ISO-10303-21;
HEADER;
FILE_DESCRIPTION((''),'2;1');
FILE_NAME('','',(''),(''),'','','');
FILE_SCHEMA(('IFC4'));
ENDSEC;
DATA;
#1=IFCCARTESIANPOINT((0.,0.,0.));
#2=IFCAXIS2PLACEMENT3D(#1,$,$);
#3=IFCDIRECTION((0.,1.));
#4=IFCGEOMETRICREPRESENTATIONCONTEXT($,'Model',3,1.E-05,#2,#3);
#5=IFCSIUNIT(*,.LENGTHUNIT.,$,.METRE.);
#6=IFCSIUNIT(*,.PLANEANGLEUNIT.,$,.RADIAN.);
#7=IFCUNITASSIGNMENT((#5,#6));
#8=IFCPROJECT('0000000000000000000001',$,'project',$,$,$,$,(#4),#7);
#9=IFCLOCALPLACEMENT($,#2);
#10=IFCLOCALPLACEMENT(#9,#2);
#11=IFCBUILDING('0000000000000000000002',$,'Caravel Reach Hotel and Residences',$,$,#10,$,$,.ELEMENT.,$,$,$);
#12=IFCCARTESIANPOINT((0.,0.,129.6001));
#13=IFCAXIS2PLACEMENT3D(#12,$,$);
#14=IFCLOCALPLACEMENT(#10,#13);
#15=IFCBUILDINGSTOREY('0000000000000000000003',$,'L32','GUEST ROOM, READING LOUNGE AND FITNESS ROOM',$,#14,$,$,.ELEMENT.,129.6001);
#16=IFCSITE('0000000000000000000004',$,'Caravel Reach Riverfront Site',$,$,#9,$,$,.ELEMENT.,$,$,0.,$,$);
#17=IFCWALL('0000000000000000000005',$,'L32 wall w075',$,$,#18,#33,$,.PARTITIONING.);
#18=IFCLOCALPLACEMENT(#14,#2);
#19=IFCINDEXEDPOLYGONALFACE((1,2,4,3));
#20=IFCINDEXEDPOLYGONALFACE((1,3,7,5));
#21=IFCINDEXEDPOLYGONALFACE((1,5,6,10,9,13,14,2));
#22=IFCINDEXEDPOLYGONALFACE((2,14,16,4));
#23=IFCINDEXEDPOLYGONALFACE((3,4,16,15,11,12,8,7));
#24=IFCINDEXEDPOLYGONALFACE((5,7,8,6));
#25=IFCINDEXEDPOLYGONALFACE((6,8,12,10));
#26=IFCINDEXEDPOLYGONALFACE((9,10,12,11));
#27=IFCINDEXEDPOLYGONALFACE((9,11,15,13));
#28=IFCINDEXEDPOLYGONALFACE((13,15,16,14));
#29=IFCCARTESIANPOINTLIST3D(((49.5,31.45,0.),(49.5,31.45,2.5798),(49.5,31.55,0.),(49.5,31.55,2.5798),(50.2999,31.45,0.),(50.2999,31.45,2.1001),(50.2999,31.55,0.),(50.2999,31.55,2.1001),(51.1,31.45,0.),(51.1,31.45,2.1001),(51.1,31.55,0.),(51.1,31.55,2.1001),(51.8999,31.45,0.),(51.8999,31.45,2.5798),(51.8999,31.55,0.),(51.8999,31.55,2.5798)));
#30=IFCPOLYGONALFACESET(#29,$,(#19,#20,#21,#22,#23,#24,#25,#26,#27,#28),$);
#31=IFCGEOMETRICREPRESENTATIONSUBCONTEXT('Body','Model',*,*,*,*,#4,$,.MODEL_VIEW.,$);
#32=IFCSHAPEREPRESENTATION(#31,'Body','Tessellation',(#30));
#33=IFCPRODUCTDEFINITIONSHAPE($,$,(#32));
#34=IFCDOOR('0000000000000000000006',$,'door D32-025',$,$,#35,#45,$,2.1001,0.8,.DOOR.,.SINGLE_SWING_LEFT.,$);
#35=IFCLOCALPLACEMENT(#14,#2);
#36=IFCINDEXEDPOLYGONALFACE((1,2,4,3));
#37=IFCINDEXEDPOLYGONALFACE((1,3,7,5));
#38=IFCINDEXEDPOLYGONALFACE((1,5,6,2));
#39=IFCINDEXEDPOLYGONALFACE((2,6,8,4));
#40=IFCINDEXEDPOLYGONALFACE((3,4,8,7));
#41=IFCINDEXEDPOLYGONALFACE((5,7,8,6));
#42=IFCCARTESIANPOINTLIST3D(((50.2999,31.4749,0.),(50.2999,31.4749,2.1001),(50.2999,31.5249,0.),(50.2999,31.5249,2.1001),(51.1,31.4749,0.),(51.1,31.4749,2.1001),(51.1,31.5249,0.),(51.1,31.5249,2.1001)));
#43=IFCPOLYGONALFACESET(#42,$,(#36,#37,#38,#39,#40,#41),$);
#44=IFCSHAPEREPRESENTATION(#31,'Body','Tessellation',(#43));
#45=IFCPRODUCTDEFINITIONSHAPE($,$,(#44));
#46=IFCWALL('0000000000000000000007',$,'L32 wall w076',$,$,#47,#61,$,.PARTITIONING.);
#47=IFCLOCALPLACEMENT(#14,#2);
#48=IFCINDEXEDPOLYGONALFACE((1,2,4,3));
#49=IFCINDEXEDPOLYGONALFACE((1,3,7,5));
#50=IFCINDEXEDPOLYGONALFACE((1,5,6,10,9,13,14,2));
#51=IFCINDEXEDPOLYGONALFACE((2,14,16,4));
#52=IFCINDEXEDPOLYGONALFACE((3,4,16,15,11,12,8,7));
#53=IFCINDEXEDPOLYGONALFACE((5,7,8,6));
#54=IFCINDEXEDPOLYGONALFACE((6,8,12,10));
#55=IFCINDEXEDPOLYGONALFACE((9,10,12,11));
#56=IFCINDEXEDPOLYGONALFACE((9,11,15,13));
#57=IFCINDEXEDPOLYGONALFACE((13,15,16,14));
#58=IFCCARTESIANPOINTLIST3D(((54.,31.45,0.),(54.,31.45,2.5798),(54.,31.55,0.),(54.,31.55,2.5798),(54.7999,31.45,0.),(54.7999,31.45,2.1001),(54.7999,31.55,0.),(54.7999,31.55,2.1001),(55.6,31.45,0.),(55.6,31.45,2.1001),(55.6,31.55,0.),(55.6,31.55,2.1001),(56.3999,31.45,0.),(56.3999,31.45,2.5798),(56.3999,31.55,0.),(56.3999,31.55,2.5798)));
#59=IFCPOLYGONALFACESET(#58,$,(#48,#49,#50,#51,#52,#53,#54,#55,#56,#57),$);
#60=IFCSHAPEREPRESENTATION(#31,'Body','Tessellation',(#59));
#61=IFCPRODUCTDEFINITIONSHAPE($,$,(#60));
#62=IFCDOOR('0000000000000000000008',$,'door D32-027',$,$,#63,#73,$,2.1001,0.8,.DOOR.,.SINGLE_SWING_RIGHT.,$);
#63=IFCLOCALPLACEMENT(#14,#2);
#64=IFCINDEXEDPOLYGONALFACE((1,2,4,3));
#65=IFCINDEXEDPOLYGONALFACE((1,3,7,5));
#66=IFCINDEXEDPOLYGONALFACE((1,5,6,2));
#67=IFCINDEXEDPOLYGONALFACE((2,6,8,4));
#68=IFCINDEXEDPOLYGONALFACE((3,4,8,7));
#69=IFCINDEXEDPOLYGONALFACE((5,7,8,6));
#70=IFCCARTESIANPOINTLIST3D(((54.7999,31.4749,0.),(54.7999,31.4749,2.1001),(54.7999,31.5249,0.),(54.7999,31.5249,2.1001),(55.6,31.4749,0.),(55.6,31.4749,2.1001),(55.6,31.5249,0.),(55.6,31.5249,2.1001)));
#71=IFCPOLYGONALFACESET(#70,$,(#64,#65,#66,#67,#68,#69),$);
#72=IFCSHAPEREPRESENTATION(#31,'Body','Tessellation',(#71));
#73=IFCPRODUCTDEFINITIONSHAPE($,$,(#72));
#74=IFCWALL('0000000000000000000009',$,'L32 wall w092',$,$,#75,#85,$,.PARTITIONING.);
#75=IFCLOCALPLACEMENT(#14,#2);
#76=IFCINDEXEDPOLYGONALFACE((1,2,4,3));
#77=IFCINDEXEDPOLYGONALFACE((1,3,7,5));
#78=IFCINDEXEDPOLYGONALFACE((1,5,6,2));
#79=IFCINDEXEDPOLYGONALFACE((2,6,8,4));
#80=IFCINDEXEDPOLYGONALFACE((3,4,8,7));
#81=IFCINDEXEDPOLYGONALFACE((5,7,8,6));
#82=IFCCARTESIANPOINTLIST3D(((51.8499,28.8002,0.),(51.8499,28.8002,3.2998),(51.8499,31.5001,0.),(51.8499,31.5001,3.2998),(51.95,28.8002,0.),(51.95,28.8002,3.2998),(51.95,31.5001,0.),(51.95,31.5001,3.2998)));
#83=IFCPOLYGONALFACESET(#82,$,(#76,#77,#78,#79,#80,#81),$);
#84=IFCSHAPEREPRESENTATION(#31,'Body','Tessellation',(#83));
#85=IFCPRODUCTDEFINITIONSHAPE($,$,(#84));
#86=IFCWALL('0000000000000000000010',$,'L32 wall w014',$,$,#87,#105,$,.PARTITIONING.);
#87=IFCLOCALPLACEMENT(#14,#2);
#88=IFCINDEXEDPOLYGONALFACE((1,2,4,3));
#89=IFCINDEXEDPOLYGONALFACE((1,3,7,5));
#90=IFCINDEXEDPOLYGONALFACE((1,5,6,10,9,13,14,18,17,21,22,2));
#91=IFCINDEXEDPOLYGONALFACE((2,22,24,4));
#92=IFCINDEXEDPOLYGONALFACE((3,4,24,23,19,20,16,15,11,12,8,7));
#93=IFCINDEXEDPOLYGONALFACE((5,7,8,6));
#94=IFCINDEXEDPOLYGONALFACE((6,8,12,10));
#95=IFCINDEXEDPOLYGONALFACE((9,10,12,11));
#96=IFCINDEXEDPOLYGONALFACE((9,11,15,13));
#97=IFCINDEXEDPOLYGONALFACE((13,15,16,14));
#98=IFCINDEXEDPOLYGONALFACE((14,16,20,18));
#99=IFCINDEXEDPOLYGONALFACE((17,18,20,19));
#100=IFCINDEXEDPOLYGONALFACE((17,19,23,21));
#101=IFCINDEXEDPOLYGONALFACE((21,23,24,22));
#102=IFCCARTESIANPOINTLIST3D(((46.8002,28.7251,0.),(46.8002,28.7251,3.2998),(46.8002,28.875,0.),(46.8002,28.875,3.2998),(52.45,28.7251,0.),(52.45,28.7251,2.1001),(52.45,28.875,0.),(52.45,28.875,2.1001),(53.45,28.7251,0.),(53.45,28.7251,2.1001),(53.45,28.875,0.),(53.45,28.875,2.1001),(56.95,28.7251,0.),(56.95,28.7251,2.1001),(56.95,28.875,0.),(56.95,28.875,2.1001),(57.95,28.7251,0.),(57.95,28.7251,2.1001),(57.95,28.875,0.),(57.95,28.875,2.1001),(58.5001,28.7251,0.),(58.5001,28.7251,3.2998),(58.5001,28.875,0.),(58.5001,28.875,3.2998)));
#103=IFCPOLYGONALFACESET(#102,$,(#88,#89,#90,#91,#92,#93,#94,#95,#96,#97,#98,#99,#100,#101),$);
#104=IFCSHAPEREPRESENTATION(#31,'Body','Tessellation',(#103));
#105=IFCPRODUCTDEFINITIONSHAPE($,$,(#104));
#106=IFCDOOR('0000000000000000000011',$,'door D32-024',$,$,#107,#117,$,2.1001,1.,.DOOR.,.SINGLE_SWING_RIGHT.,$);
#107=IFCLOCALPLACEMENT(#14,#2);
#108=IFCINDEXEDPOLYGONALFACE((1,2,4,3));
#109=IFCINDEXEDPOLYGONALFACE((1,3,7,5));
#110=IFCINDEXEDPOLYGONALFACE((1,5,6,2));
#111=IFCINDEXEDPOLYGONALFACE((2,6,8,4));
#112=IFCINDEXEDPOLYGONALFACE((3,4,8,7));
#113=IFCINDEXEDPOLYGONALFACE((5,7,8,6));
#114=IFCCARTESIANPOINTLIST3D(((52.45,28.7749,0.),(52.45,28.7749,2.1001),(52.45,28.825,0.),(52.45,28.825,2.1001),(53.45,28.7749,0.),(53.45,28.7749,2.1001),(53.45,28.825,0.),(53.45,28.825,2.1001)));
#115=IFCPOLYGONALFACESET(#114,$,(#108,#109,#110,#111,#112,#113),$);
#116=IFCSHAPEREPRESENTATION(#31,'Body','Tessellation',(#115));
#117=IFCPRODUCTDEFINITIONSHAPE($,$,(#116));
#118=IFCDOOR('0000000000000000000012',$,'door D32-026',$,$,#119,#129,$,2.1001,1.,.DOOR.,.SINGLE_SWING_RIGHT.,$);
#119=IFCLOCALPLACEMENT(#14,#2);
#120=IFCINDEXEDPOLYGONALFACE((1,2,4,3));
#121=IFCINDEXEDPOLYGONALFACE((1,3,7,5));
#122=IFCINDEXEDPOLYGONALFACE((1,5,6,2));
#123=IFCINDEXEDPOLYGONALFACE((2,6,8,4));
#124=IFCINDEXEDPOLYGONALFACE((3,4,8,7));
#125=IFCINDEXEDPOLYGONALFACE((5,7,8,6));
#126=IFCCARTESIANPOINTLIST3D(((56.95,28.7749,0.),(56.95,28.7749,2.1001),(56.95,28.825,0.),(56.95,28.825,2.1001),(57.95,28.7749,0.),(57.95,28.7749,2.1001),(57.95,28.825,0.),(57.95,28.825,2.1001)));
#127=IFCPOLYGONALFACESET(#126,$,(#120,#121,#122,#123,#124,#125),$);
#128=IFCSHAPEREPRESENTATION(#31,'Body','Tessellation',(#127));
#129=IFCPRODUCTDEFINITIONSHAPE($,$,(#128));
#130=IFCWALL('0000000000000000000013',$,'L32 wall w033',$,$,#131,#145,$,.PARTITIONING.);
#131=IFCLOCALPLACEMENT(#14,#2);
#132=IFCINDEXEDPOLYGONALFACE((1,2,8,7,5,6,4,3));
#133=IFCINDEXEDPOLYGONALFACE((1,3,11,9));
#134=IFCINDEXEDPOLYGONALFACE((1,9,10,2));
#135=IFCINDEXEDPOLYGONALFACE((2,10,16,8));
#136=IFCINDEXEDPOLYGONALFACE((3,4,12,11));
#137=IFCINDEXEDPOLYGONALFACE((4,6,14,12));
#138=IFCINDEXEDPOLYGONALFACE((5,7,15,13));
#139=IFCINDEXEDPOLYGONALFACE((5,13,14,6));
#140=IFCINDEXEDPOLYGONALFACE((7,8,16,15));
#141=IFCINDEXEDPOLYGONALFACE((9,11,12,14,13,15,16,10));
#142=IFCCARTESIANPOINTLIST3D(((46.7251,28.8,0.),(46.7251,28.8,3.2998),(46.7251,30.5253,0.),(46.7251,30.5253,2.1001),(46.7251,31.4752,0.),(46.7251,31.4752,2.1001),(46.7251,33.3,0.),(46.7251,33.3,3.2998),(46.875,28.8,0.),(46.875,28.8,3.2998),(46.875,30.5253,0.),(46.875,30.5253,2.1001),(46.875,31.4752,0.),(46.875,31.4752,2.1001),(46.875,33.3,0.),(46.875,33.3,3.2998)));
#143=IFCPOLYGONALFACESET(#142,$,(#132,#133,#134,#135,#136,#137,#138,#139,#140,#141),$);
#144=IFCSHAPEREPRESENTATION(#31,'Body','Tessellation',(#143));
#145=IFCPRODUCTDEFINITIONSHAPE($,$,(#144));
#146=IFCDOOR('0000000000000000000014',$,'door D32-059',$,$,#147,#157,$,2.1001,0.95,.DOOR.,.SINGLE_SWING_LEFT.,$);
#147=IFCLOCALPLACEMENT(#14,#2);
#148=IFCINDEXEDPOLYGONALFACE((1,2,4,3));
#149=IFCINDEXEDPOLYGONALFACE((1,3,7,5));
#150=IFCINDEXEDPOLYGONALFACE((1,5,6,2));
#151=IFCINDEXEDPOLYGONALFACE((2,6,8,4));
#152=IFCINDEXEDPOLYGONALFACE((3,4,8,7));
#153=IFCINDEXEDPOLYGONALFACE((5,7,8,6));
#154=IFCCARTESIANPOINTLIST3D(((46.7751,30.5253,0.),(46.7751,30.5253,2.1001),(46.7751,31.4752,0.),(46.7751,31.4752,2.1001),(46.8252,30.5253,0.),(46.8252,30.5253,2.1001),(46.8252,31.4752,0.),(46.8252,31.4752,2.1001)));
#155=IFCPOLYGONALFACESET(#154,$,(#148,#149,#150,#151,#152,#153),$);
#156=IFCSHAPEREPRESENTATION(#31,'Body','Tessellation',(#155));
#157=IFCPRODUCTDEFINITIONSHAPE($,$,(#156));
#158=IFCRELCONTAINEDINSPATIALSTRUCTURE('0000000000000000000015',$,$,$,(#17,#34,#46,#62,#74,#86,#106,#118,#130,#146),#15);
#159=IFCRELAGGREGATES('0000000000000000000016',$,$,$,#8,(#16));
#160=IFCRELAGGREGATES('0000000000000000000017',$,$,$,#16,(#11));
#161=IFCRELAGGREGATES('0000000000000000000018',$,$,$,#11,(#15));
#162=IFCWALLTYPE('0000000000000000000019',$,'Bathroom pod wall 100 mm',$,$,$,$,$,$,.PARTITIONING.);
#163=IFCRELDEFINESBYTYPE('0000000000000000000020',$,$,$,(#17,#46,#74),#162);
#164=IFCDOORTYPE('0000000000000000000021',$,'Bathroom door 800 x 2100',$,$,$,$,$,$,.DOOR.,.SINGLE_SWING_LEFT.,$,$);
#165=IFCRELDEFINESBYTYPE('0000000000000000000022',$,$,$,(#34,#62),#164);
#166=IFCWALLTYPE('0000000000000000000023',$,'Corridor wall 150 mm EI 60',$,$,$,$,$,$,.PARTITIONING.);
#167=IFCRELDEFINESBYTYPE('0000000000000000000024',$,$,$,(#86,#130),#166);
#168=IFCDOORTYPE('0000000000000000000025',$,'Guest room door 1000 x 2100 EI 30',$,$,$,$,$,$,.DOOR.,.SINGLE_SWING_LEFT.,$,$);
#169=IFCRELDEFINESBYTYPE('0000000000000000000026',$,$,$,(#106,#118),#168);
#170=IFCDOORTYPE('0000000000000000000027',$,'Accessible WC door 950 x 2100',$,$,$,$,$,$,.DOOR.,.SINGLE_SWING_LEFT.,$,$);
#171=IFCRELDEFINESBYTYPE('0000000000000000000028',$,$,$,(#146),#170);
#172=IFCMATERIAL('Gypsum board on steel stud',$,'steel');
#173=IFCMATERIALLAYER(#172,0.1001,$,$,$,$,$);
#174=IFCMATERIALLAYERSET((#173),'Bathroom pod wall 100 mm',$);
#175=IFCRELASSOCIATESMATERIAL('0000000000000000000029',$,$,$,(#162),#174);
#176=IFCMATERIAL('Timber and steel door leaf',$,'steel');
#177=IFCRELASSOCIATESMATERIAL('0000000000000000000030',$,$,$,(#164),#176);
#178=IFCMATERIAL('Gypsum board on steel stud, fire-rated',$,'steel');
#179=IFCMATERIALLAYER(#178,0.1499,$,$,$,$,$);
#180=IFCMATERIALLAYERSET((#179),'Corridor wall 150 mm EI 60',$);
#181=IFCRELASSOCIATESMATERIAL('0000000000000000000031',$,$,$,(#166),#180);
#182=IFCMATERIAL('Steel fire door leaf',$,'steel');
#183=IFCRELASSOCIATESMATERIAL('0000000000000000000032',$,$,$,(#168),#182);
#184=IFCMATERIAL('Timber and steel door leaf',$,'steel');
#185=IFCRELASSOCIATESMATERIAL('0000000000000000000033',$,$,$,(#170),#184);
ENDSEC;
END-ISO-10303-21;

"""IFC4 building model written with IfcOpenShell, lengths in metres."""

from ifc_helpers import new_model, si_unit, direction, frame, frame_2d, origin, place, context, subcontext, project, spatial, rectangle, extrude, material, layer, layer_set, type_object, element, fill, save


model = new_model("IFC4")

# Units and contexts
model_context = context("Model", 3, precision=1e-05, world=origin(), true_north=direction((0.0, 1.0)))
body_context = subcontext(model_context, "Body", "Model", "MODEL_VIEW")
ifc_project = project(units=[si_unit("LENGTHUNIT", "METRE"), si_unit("PLANEANGLEUNIT", "RADIAN")], contexts=[model_context])

# Site, building, storey
site_placement = place(None, origin())
site = spatial("IfcSite", under=ifc_project, at=site_placement, Name="Caravel Reach Riverfront Site", CompositionType="ELEMENT", RefElevation=0.0)
building_placement = place(site_placement, origin())
building = spatial("IfcBuilding", under=site, at=building_placement, Name="Caravel Reach Hotel and Residences", CompositionType="ELEMENT")
storey_placement = place(building_placement, frame((0.0, 0.0, 129.6001)))
storey = spatial("IfcBuildingStorey", under=building, at=storey_placement, Name="L32", Description="GUEST ROOM, READING LOUNGE AND FITNESS ROOM", CompositionType="ELEMENT", Elevation=129.6001)

# Walls, openings, doors
ifc_material_1 = material(Name="Gypsum board on steel stud", Category="steel")
ifc_layer_1 = layer(ifc_material_1, 0.1001)
ifc_layer_set_1 = layer_set([ifc_layer_1], Name="Bathroom pod wall 100 mm")
wall_type_1 = type_object("IfcWallType", Name="Bathroom pod wall 100 mm", PredefinedType="PARTITIONING", material=ifc_layer_set_1)
wall_1_placement = place(storey_placement, frame((49.5, 31.5, 0.0), z_axis=(0.0, 0.0, 1.0), x_axis=(1.0, 0.0, 0.0)))
wall_1 = element("IfcWall", 1, at=wall_1_placement, inside=storey, type_object=wall_type_1, Name="L32 wall w075", PredefinedType="PARTITIONING", context=body_context, shape_type="SweptSolid", body=[
    extrude(rectangle(XDim=2.3999, YDim=0.1001, at=frame_2d((1.2, 0.0))), origin(), (0.0, 0.0, 1.0), 2.5798),
])
opening_1_placement = place(wall_1_placement, frame((0.8, 0.0, 0.0)))
opening_1 = element("IfcOpeningElement", 2, at=opening_1_placement, cuts=wall_1, PredefinedType="OPENING", context=body_context, shape_type="SweptSolid", body=[
    extrude(rectangle(XDim=0.8, YDim=2.1001, at=frame_2d((0.3999, 1.05))), frame((0.0, 0.0601, 0.0), z_axis=(0.0, -1.0, 0.0), x_axis=(1.0, 0.0, 0.0)), (0.0, 0.0, 1.0), 0.1201),
])
ifc_material_2 = material(Name="Timber and steel door leaf", Category="steel")
door_type_1 = type_object("IfcDoorType", Name="Bathroom door 800 x 2100", OperationType="SINGLE_SWING_LEFT", PredefinedType="DOOR", material=ifc_material_2)
door_1_placement = place(opening_1_placement, origin())
door_1 = element("IfcDoor", 3, at=door_1_placement, inside=storey, type_object=door_type_1, Name="door D32-025", OperationType="SINGLE_SWING_LEFT", OverallHeight=2.1001, OverallWidth=0.8, PredefinedType="DOOR", context=body_context, shape_type="SweptSolid", body=[
    extrude(rectangle(XDim=0.8, YDim=2.1001, at=frame_2d((0.3999, 1.05))), frame((0.0, 0.0249, 0.0), z_axis=(0.0, -1.0, 0.0), x_axis=(1.0, 0.0, 0.0)), (0.0, 0.0, 1.0), 0.05),
])
fill(opening_1, door_1)
wall_2_placement = place(storey_placement, frame((54.0, 31.5, 0.0), z_axis=(0.0, 0.0, 1.0), x_axis=(1.0, 0.0, 0.0)))
wall_2 = element("IfcWall", 4, at=wall_2_placement, inside=storey, type_object=wall_type_1, Name="L32 wall w076", PredefinedType="PARTITIONING", context=body_context, shape_type="SweptSolid", body=[
    extrude(rectangle(XDim=2.3999, YDim=0.1001, at=frame_2d((1.2, 0.0))), origin(), (0.0, 0.0, 1.0), 2.5798),
])
opening_2_placement = place(wall_2_placement, frame((0.8, 0.0, 0.0)))
opening_2 = element("IfcOpeningElement", 5, at=opening_2_placement, cuts=wall_2, PredefinedType="OPENING", context=body_context, shape_type="SweptSolid", body=[
    extrude(rectangle(XDim=0.8, YDim=2.1001, at=frame_2d((0.3999, 1.05))), frame((0.0, 0.0601, 0.0), z_axis=(0.0, -1.0, 0.0), x_axis=(1.0, 0.0, 0.0)), (0.0, 0.0, 1.0), 0.1201),
])
door_2_placement = place(opening_2_placement, origin())
door_2 = element("IfcDoor", 6, at=door_2_placement, inside=storey, type_object=door_type_1, Name="door D32-027", OperationType="SINGLE_SWING_RIGHT", OverallHeight=2.1001, OverallWidth=0.8, PredefinedType="DOOR", context=body_context, shape_type="SweptSolid", body=[
    extrude(rectangle(XDim=0.8, YDim=2.1001, at=frame_2d((0.3999, 1.05))), frame((0.0, 0.0249, 0.0), z_axis=(0.0, -1.0, 0.0), x_axis=(1.0, 0.0, 0.0)), (0.0, 0.0, 1.0), 0.05),
])
fill(opening_2, door_2)

# Wall
wall_3_placement = place(storey_placement, frame((51.8999, 28.8, 0.0), z_axis=(0.0, 0.0, 1.0), x_axis=(0.0, 1.0, 0.0)))
element("IfcWall", 7, at=wall_3_placement, inside=storey, type_object=wall_type_1, Name="L32 wall w092", PredefinedType="PARTITIONING", context=body_context, shape_type="SweptSolid", body=[
    extrude(rectangle(XDim=2.7, YDim=0.1001, at=frame_2d((1.3501, 0.0))), origin(), (0.0, 0.0, 1.0), 3.2998),
])

# Wall, openings, doors
ifc_material_3 = material(Name="Gypsum board on steel stud, fire-rated", Category="steel")
ifc_layer_2 = layer(ifc_material_3, 0.1499)
ifc_layer_set_2 = layer_set([ifc_layer_2], Name="Corridor wall 150 mm EI 60")
wall_type_2 = type_object("IfcWallType", Name="Corridor wall 150 mm EI 60", PredefinedType="PARTITIONING", material=ifc_layer_set_2)
wall_4_placement = place(storey_placement, frame((46.8, 28.8, 0.0), z_axis=(0.0, 0.0, 1.0), x_axis=(1.0, 0.0, 0.0)))
wall_4 = element("IfcWall", 8, at=wall_4_placement, inside=storey, type_object=wall_type_2, Name="L32 wall w014", PredefinedType="PARTITIONING", context=body_context, shape_type="SweptSolid", body=[
    extrude(rectangle(XDim=11.7, YDim=0.1499, at=frame_2d((5.8501, 0.0))), origin(), (0.0, 0.0, 1.0), 3.2998),
])
opening_3_placement = place(wall_4_placement, frame((5.6499, 0.0, 0.0)))
opening_3 = element("IfcOpeningElement", 9, at=opening_3_placement, cuts=wall_4, PredefinedType="OPENING", context=body_context, shape_type="SweptSolid", body=[
    extrude(rectangle(XDim=1.0, YDim=2.1001, at=frame_2d((0.5, 1.05))), frame((0.0, 0.085, 0.0), z_axis=(0.0, -1.0, 0.0), x_axis=(1.0, 0.0, 0.0)), (0.0, 0.0, 1.0), 0.1699),
])
opening_4_placement = place(wall_4_placement, frame((10.1499, 0.0, 0.0)))
opening_4 = element("IfcOpeningElement", 10, at=opening_4_placement, cuts=wall_4, PredefinedType="OPENING", context=body_context, shape_type="SweptSolid", body=[
    extrude(rectangle(XDim=1.0, YDim=2.1001, at=frame_2d((0.5, 1.05))), frame((0.0, 0.085, 0.0), z_axis=(0.0, -1.0, 0.0), x_axis=(1.0, 0.0, 0.0)), (0.0, 0.0, 1.0), 0.1699),
])
ifc_material_4 = material(Name="Steel fire door leaf", Category="steel")
door_type_2 = type_object("IfcDoorType", Name="Guest room door 1000 x 2100 EI 30", OperationType="SINGLE_SWING_LEFT", PredefinedType="DOOR", material=ifc_material_4)
door_3_placement = place(opening_3_placement, origin())
door_3 = element("IfcDoor", 11, at=door_3_placement, inside=storey, type_object=door_type_2, Name="door D32-024", OperationType="SINGLE_SWING_RIGHT", OverallHeight=2.1001, OverallWidth=1.0, PredefinedType="DOOR", context=body_context, shape_type="SweptSolid", body=[
    extrude(rectangle(XDim=1.0, YDim=2.1001, at=frame_2d((0.5, 1.05))), frame((0.0, 0.0249, 0.0), z_axis=(0.0, -1.0, 0.0), x_axis=(1.0, 0.0, 0.0)), (0.0, 0.0, 1.0), 0.05),
])
fill(opening_3, door_3)
door_4_placement = place(opening_4_placement, origin())
door_4 = element("IfcDoor", 12, at=door_4_placement, inside=storey, type_object=door_type_2, Name="door D32-026", OperationType="SINGLE_SWING_RIGHT", OverallHeight=2.1001, OverallWidth=1.0, PredefinedType="DOOR", context=body_context, shape_type="SweptSolid", body=[
    extrude(rectangle(XDim=1.0, YDim=2.1001, at=frame_2d((0.5, 1.05))), frame((0.0, 0.0249, 0.0), z_axis=(0.0, -1.0, 0.0), x_axis=(1.0, 0.0, 0.0)), (0.0, 0.0, 1.0), 0.05),
])
fill(opening_4, door_4)

# Wall, opening, door
wall_5_placement = place(storey_placement, frame((46.8, 28.8, 0.0), z_axis=(0.0, 0.0, 1.0), x_axis=(0.0, 1.0, 0.0)))
wall_5 = element("IfcWall", 13, at=wall_5_placement, inside=storey, type_object=wall_type_2, Name="L32 wall w033", PredefinedType="PARTITIONING", context=body_context, shape_type="SweptSolid", body=[
    extrude(rectangle(XDim=4.5, YDim=0.1499, at=frame_2d((2.25, 0.0))), origin(), (0.0, 0.0, 1.0), 3.2998),
])
opening_5_placement = place(wall_5_placement, frame((1.7251, 0.0, 0.0)))
opening_5 = element("IfcOpeningElement", 14, at=opening_5_placement, cuts=wall_5, PredefinedType="OPENING", context=body_context, shape_type="SweptSolid", body=[
    extrude(rectangle(XDim=0.95, YDim=2.1001, at=frame_2d((0.4751, 1.05))), frame((0.0, 0.085, 0.0), z_axis=(0.0, -1.0, 0.0), x_axis=(1.0, 0.0, 0.0)), (0.0, 0.0, 1.0), 0.1699),
])
ifc_material_5 = material(Name="Timber and steel door leaf", Category="steel")
door_type_3 = type_object("IfcDoorType", Name="Accessible WC door 950 x 2100", OperationType="SINGLE_SWING_LEFT", PredefinedType="DOOR", material=ifc_material_5)
door_5_placement = place(opening_5_placement, origin())
door_5 = element("IfcDoor", 15, at=door_5_placement, inside=storey, type_object=door_type_3, Name="door D32-059", OperationType="SINGLE_SWING_LEFT", OverallHeight=2.1001, OverallWidth=0.95, PredefinedType="DOOR", context=body_context, shape_type="SweptSolid", body=[
    extrude(rectangle(XDim=0.95, YDim=2.1001, at=frame_2d((0.4751, 1.05))), frame((0.0, 0.0249, 0.0), z_axis=(0.0, -1.0, 0.0), x_axis=(1.0, 0.0, 0.0)), (0.0, 0.0, 1.0), 0.05),
])
fill(opening_5, door_5)

save(model, "model.ifc")
